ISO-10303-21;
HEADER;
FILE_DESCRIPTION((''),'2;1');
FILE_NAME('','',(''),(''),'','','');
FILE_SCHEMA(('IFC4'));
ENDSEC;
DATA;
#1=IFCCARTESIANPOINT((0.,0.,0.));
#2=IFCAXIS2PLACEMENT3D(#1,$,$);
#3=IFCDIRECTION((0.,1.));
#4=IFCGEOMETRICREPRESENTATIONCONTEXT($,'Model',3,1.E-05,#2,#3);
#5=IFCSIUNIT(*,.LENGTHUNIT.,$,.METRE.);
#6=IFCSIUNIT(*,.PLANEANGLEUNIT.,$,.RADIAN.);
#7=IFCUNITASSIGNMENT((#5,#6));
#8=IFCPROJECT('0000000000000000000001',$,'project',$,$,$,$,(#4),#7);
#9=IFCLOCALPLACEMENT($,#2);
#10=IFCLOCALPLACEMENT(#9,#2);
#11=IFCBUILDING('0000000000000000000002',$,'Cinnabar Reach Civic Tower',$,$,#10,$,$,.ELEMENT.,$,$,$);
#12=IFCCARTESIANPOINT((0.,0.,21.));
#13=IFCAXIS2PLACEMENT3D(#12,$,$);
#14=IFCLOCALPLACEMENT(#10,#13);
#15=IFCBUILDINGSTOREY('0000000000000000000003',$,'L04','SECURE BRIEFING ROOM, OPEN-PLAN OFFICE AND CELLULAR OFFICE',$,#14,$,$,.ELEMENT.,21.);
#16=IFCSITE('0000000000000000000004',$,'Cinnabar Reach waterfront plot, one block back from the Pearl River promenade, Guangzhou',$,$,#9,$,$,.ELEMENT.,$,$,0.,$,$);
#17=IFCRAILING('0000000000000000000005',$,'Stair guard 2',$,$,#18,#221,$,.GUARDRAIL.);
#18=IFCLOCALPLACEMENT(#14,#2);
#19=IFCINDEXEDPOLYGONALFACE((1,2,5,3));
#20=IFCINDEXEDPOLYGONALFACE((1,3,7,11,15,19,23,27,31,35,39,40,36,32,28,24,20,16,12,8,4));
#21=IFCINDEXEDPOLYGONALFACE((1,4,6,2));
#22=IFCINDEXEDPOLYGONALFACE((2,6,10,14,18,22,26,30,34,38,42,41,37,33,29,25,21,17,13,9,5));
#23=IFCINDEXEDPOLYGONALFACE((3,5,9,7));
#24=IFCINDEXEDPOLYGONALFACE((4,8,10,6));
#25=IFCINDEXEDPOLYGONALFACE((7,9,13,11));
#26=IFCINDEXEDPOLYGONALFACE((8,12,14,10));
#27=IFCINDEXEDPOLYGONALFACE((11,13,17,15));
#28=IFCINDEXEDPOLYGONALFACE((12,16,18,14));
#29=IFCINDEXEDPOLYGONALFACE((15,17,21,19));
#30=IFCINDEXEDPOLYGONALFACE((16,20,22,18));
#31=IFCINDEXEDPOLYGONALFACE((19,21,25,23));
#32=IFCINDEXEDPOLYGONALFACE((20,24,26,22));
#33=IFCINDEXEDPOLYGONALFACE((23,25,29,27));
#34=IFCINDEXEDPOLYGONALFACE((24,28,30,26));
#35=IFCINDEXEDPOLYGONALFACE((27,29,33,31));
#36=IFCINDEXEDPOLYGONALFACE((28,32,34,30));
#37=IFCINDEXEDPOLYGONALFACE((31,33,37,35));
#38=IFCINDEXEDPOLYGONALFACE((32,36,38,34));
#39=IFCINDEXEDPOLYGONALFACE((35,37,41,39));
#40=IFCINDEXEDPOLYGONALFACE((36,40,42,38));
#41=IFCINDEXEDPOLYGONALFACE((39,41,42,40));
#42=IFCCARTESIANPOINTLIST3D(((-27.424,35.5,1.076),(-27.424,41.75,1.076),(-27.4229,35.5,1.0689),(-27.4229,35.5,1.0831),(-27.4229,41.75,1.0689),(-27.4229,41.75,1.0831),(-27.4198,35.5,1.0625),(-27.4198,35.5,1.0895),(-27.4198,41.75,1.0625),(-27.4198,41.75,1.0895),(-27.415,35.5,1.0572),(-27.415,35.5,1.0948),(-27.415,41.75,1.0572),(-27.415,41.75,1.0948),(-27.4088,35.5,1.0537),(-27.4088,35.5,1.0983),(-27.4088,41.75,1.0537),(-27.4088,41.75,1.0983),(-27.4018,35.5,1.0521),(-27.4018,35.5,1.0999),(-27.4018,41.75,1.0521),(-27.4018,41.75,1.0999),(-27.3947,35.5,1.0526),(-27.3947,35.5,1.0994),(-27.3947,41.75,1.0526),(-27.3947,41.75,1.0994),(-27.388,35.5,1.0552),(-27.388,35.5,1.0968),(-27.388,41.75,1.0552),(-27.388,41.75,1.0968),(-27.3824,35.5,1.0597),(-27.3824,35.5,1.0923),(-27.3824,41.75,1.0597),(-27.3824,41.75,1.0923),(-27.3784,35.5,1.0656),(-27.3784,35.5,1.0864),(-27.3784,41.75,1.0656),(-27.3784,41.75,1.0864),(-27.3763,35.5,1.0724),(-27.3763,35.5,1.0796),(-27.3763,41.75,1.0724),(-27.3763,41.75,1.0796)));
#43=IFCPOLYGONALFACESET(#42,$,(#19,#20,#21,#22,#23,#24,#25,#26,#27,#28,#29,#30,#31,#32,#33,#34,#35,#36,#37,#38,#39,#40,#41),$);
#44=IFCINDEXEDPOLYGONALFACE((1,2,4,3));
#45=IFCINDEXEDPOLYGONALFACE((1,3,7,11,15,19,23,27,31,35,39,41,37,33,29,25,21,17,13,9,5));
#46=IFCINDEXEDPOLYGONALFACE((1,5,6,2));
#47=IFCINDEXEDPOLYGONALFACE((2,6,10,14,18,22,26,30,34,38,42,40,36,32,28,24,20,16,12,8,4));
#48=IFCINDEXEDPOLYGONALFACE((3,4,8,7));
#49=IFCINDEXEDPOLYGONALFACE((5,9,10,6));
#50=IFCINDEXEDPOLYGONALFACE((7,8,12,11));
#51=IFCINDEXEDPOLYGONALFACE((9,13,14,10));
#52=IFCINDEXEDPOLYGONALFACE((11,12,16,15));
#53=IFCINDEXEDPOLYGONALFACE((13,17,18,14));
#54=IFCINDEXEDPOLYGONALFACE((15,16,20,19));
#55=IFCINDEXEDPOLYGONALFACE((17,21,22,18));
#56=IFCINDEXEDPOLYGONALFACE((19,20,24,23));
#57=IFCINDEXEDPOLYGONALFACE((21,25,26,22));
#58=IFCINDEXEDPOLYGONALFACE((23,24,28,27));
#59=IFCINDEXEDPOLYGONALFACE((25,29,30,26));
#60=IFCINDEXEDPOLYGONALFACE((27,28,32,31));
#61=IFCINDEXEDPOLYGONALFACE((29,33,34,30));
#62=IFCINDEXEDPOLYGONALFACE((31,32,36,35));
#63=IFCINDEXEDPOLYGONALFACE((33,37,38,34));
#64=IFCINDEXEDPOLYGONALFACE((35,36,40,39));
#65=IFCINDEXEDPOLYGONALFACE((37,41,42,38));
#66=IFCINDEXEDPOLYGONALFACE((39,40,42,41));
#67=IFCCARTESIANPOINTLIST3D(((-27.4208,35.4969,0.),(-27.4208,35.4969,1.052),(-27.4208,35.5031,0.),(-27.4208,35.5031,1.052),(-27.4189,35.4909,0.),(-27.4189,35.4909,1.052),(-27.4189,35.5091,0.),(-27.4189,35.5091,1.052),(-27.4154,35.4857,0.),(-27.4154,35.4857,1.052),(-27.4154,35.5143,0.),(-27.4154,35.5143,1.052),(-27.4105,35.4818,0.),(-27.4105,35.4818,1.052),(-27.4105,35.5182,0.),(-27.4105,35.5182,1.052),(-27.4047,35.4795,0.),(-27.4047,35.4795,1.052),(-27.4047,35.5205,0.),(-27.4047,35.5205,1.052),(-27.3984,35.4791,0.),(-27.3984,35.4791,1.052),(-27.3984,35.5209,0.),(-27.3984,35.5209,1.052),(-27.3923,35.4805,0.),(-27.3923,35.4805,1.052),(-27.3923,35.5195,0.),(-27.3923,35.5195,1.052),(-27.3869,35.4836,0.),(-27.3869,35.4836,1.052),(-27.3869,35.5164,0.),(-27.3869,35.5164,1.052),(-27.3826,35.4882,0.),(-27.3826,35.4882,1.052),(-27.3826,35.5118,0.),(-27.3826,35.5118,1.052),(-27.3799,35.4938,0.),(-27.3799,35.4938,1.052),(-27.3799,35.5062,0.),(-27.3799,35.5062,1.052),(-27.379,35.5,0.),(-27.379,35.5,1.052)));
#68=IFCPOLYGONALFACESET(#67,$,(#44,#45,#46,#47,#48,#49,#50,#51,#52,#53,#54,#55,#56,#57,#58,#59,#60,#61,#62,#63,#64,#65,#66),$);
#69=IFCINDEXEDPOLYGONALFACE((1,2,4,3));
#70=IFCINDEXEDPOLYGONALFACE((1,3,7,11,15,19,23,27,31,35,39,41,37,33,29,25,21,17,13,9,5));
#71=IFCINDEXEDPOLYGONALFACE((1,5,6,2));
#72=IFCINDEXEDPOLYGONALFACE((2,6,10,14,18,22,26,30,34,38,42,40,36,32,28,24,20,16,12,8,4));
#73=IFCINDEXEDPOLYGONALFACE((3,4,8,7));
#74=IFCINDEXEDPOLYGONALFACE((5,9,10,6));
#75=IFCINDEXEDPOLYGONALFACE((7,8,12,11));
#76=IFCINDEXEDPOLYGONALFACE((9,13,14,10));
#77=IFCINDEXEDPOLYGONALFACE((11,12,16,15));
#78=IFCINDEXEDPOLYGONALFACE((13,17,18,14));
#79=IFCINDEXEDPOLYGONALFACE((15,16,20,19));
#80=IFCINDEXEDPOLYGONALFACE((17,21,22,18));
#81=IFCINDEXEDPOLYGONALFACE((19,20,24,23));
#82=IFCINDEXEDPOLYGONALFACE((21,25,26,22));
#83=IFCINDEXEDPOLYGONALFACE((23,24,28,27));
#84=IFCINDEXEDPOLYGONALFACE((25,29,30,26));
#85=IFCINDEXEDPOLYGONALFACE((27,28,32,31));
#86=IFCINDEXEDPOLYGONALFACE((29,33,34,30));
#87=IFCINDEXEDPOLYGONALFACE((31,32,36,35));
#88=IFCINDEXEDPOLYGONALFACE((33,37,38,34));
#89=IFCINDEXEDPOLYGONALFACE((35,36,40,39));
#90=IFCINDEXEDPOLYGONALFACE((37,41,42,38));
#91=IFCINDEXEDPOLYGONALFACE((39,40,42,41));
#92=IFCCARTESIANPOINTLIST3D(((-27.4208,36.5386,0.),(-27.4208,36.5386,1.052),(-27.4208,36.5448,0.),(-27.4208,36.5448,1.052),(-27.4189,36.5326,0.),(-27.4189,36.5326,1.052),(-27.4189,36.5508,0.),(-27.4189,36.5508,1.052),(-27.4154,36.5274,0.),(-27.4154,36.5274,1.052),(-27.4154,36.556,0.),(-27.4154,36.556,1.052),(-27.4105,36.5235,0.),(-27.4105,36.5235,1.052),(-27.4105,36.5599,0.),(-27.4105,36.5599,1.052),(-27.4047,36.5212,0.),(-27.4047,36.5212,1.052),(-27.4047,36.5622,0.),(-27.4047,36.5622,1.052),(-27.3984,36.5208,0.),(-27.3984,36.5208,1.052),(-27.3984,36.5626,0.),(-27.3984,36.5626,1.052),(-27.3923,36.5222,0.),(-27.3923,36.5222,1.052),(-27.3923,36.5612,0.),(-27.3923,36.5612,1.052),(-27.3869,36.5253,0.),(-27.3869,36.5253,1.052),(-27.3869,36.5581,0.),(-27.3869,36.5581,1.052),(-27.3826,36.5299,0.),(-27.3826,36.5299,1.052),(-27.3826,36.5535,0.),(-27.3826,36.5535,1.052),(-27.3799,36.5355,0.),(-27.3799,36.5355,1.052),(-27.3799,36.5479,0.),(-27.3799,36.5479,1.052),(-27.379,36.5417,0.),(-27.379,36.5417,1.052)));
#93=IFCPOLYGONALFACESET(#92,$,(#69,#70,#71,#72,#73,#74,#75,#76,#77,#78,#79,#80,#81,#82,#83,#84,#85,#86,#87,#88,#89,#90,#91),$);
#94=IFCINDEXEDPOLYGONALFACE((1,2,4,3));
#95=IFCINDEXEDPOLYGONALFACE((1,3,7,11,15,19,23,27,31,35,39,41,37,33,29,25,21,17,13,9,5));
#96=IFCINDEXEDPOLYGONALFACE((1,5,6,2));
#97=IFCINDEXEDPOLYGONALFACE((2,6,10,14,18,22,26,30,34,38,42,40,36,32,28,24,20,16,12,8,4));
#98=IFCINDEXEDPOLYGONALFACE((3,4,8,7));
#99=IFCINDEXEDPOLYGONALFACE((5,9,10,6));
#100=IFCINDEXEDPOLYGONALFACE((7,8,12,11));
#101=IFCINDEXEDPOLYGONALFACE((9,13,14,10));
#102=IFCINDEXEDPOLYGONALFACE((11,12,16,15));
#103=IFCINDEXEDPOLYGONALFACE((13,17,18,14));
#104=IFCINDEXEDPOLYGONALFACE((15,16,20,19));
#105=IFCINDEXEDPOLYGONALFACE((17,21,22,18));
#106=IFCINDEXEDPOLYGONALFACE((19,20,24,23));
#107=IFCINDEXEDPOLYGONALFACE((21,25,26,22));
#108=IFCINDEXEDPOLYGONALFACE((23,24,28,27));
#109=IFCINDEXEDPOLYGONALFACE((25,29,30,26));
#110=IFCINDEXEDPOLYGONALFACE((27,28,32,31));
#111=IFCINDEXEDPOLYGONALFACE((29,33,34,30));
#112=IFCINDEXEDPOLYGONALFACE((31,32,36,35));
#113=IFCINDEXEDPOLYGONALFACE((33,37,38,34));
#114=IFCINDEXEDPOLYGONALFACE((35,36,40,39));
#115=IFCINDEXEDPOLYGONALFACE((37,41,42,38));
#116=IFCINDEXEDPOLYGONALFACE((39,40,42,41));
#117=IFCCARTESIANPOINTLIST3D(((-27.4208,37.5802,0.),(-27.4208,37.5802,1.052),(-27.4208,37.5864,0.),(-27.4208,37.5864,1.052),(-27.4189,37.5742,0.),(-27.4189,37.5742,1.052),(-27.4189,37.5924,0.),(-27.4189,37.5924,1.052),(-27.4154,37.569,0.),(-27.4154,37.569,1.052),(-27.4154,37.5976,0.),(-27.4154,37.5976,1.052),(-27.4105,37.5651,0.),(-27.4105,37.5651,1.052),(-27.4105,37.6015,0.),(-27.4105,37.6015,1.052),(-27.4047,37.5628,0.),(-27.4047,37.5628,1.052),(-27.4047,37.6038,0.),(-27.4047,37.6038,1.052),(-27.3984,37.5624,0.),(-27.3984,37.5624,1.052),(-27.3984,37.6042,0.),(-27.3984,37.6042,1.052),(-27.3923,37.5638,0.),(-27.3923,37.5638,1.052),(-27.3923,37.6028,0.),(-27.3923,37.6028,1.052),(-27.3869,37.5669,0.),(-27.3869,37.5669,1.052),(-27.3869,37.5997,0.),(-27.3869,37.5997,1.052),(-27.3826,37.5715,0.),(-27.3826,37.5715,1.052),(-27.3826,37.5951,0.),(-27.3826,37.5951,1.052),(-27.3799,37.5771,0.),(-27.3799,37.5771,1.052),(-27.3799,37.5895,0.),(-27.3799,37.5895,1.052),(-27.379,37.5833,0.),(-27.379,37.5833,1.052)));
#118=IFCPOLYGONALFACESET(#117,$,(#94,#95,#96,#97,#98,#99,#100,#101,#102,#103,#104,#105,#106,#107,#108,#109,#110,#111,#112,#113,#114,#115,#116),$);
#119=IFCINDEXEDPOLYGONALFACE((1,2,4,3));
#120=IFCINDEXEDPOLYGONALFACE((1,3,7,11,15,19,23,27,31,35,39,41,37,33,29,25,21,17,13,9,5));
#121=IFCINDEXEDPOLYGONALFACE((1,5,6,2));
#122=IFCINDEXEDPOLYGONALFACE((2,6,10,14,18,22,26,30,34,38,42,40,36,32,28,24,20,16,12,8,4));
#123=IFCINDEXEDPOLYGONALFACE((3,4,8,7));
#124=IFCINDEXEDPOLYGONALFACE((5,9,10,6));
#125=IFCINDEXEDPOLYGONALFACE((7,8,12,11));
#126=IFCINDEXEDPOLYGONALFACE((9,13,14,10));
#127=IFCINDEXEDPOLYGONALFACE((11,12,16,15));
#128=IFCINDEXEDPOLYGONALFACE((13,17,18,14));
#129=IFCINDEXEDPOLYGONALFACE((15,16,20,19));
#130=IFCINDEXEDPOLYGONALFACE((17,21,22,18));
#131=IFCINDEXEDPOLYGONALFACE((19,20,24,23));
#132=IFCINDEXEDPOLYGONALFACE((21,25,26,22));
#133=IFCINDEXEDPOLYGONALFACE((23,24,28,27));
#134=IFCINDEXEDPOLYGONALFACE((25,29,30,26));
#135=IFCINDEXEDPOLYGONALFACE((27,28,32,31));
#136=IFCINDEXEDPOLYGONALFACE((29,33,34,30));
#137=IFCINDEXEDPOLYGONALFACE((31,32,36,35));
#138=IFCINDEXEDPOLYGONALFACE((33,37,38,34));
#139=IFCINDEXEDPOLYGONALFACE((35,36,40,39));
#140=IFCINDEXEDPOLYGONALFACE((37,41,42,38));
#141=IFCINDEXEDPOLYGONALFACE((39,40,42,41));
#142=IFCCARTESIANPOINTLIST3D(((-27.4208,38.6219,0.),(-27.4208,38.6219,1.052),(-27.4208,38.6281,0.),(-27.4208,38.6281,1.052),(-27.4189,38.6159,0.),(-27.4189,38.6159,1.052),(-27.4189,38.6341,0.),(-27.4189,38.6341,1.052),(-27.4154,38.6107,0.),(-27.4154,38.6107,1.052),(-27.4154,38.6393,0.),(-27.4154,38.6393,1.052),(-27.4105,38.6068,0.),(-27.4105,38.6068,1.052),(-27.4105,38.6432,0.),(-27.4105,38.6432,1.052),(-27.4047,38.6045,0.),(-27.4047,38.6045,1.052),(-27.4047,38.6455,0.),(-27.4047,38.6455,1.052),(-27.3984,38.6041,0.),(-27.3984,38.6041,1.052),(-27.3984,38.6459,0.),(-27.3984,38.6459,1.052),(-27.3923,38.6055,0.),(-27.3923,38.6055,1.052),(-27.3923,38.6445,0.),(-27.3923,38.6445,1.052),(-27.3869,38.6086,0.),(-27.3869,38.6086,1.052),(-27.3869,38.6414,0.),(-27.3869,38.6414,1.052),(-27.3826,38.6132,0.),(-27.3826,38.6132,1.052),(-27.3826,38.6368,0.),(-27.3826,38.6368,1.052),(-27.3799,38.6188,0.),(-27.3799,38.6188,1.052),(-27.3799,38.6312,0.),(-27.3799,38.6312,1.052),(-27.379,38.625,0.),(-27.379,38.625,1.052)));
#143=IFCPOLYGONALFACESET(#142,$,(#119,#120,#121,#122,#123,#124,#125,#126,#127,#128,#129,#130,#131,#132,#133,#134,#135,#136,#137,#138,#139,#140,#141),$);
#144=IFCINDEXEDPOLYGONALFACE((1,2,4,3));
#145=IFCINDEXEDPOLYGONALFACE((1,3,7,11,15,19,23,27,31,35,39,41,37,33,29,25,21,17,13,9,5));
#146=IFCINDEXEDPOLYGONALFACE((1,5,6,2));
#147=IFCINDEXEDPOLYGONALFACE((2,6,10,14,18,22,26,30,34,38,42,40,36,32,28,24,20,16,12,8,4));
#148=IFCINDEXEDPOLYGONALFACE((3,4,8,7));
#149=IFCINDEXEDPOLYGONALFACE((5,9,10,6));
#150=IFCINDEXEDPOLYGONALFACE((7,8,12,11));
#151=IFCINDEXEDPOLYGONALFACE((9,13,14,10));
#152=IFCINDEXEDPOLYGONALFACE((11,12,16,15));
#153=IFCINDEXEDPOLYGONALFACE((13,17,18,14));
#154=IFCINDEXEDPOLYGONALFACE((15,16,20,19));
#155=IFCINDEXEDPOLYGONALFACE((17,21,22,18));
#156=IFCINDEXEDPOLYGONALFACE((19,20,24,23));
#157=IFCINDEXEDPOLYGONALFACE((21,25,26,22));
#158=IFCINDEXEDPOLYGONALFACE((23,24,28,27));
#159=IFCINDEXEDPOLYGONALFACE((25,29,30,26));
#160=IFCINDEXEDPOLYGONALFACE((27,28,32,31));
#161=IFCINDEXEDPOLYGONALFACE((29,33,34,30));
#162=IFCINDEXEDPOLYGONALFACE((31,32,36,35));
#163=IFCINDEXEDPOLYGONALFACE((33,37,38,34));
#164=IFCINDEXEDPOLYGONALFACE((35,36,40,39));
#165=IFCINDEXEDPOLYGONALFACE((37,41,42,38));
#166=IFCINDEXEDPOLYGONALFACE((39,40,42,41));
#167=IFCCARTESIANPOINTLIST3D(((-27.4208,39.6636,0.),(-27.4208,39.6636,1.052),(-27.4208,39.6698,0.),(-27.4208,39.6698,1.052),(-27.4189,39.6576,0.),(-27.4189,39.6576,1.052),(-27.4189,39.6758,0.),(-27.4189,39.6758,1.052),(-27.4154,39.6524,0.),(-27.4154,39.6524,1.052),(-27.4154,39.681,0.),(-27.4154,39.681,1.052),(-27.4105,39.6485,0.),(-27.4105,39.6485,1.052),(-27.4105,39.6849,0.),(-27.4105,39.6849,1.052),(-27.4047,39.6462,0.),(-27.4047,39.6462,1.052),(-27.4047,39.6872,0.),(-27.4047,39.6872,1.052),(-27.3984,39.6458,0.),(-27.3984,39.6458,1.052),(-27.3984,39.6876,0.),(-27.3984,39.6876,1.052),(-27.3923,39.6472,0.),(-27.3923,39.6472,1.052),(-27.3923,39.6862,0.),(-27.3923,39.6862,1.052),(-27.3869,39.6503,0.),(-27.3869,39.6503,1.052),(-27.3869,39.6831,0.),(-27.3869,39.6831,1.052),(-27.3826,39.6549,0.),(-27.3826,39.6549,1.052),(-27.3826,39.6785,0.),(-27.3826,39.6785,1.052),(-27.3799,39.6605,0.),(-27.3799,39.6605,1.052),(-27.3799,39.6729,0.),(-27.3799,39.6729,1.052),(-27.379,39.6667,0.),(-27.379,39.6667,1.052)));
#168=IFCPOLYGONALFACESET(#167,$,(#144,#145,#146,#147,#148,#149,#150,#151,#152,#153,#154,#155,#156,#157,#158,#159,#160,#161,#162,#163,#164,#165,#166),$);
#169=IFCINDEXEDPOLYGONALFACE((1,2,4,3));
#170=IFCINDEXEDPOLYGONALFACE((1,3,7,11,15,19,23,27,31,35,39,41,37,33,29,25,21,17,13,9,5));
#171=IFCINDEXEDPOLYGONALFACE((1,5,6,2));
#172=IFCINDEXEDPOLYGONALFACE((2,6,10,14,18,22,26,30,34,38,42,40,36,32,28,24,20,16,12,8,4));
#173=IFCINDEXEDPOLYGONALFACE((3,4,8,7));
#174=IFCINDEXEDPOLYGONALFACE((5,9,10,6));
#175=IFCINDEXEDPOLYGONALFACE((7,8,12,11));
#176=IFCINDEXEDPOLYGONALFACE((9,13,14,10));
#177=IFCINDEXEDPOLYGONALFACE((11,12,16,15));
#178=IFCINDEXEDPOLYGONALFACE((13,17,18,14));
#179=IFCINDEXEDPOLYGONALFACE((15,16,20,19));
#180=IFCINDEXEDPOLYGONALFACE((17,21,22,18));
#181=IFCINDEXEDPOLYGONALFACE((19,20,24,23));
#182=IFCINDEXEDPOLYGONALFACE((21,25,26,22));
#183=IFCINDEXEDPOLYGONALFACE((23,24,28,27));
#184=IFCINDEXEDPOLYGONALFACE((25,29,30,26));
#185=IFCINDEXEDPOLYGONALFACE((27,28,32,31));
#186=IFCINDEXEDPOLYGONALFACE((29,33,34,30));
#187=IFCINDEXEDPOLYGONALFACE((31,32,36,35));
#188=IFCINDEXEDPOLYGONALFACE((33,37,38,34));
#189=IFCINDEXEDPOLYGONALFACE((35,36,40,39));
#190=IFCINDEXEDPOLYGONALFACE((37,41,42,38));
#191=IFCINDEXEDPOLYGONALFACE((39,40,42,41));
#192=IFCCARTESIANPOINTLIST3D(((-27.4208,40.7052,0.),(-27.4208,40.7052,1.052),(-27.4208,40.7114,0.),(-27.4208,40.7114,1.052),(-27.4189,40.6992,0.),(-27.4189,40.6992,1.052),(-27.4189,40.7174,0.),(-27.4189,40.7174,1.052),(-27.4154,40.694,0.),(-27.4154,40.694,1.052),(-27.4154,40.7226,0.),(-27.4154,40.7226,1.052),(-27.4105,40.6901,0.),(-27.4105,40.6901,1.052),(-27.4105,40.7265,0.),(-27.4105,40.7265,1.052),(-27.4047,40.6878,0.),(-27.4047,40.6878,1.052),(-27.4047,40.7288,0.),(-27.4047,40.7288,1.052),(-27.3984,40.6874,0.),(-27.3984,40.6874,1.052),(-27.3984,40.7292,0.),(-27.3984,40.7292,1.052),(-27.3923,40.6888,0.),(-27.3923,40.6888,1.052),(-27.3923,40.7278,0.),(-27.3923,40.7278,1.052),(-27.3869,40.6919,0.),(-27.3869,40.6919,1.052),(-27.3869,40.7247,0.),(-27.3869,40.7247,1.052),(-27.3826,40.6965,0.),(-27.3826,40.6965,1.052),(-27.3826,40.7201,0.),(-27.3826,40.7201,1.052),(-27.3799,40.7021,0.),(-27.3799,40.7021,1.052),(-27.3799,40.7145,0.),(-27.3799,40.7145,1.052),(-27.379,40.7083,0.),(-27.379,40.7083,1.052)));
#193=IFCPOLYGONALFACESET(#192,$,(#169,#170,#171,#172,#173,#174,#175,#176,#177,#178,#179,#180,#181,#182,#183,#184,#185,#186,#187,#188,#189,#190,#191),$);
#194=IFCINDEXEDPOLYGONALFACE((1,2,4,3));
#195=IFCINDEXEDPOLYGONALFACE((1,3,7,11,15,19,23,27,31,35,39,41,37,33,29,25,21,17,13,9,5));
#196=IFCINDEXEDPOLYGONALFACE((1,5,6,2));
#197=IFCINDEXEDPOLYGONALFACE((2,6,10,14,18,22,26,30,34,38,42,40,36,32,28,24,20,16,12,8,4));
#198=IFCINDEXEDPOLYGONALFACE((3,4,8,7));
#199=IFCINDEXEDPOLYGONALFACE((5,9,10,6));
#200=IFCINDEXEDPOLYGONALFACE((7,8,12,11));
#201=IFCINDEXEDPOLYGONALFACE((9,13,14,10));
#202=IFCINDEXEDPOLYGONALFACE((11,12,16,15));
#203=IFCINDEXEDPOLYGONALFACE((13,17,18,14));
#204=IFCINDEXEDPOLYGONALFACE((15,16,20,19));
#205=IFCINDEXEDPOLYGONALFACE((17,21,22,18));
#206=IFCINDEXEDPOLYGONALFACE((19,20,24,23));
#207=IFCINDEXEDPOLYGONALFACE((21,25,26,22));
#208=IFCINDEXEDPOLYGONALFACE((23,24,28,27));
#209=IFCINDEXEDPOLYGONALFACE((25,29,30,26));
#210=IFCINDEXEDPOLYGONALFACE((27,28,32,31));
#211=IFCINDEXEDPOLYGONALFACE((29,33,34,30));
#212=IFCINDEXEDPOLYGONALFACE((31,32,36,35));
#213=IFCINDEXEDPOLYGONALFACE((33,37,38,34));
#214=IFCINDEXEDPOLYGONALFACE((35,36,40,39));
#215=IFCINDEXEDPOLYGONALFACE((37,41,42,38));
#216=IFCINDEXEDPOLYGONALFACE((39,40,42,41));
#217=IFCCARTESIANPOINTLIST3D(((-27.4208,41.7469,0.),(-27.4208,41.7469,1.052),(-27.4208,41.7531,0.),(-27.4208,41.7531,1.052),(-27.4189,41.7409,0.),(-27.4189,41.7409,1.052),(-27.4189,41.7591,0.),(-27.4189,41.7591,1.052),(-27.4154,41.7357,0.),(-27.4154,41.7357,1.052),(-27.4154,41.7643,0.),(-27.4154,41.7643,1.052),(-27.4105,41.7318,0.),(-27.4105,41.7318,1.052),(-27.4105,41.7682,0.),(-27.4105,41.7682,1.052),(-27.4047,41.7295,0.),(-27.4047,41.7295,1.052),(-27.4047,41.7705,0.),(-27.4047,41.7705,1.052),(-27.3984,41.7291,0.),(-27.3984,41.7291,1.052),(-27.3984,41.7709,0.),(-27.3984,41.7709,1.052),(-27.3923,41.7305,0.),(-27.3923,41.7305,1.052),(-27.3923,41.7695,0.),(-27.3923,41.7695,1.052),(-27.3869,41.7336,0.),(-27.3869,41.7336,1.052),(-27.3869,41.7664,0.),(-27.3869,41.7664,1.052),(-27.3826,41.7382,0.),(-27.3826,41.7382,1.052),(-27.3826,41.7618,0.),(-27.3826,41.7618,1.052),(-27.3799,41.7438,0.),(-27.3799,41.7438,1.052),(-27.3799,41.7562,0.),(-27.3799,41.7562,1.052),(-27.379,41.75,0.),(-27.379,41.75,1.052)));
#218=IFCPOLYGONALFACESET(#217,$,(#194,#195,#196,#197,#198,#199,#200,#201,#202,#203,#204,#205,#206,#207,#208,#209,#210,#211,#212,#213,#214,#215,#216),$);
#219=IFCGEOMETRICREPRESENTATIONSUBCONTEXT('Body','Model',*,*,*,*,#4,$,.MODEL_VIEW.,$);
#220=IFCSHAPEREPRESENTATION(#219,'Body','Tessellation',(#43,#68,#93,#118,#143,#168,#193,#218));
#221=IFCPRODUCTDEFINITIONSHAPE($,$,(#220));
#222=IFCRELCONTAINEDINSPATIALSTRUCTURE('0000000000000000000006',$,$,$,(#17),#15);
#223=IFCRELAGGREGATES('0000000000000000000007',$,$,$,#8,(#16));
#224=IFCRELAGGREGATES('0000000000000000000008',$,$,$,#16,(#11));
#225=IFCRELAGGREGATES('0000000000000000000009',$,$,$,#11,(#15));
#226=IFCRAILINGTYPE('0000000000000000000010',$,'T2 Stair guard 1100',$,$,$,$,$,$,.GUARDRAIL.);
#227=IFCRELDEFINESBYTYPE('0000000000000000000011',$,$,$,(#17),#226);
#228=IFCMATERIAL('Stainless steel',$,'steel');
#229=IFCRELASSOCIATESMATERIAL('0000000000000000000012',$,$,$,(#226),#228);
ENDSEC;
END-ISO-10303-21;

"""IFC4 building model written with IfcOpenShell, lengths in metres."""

from ifc_helpers import new_model, si_unit, direction, frame, origin, origin_2d, place, context, subcontext, project, spatial, circle, extrude, material, type_object, element, save


model = new_model("IFC4")

# Units and contexts
model_context = context("Model", 3, precision=1e-05, world=origin(), true_north=direction((0.0, 1.0)))
body_context = subcontext(model_context, "Body", "Model", "MODEL_VIEW")
ifc_project = project(units=[si_unit("LENGTHUNIT", "METRE"), si_unit("PLANEANGLEUNIT", "RADIAN")], contexts=[model_context])

# Site, building, storey
site_placement = place(None, origin())
site = spatial("IfcSite", under=ifc_project, at=site_placement, Name="Cinnabar Reach waterfront plot, one block back from the Pearl River promenade, Guangzhou", CompositionType="ELEMENT", RefElevation=0.0)
building_placement = place(site_placement, origin())
building = spatial("IfcBuilding", under=site, at=building_placement, Name="Cinnabar Reach Civic Tower", CompositionType="ELEMENT")
storey_placement = place(building_placement, frame((0.0, 0.0, 21.0)))
storey = spatial("IfcBuildingStorey", under=building, at=storey_placement, Name="L04", Description="SECURE BRIEFING ROOM, OPEN-PLAN OFFICE AND CELLULAR OFFICE", CompositionType="ELEMENT", Elevation=21.0)

# Railing
ifc_material_1 = material(Name="Stainless steel", Category="steel")
railing_type = type_object("IfcRailingType", Name="T2 Stair guard 1100", PredefinedType="GUARDRAIL", material=ifc_material_1)
for number, where, name in (
    (1, (-27.4, 35.5, 0.0), "Stair guard 2"),
):
    element("IfcRailing", number, at=place(storey_placement, frame(where)), inside=storey, type_object=railing_type, Name=name, PredefinedType="GUARDRAIL", context=body_context, shape_type="SweptSolid", body=[
        extrude(circle(Radius=0.024, at=origin_2d()), frame((0.0, 0.0, 1.076), z_axis=(0.0, 1.0, 0.0), x_axis=(-1.0, 0.0, 0.0)), (0.0, 0.0, 1.0), 6.25),
        extrude(circle(Radius=0.021, at=origin_2d()), origin(), (0.0, 0.0, 1.0), 1.052),
        extrude(circle(Radius=0.021, at=origin_2d()), frame((0.0, 1.0417, 0.0)), (0.0, 0.0, 1.0), 1.052),
        extrude(circle(Radius=0.021, at=origin_2d()), frame((0.0, 2.0833, 0.0)), (0.0, 0.0, 1.0), 1.052),
        extrude(circle(Radius=0.021, at=origin_2d()), frame((0.0, 3.125, 0.0)), (0.0, 0.0, 1.0), 1.052),
        extrude(circle(Radius=0.021, at=origin_2d()), frame((0.0, 4.1667, 0.0)), (0.0, 0.0, 1.0), 1.052),
        extrude(circle(Radius=0.021, at=origin_2d()), frame((0.0, 5.2083, 0.0)), (0.0, 0.0, 1.0), 1.052),
        extrude(circle(Radius=0.021, at=origin_2d()), frame((0.0, 6.25, 0.0)), (0.0, 0.0, 1.0), 1.052),
    ])

save(model, "model.ifc")
